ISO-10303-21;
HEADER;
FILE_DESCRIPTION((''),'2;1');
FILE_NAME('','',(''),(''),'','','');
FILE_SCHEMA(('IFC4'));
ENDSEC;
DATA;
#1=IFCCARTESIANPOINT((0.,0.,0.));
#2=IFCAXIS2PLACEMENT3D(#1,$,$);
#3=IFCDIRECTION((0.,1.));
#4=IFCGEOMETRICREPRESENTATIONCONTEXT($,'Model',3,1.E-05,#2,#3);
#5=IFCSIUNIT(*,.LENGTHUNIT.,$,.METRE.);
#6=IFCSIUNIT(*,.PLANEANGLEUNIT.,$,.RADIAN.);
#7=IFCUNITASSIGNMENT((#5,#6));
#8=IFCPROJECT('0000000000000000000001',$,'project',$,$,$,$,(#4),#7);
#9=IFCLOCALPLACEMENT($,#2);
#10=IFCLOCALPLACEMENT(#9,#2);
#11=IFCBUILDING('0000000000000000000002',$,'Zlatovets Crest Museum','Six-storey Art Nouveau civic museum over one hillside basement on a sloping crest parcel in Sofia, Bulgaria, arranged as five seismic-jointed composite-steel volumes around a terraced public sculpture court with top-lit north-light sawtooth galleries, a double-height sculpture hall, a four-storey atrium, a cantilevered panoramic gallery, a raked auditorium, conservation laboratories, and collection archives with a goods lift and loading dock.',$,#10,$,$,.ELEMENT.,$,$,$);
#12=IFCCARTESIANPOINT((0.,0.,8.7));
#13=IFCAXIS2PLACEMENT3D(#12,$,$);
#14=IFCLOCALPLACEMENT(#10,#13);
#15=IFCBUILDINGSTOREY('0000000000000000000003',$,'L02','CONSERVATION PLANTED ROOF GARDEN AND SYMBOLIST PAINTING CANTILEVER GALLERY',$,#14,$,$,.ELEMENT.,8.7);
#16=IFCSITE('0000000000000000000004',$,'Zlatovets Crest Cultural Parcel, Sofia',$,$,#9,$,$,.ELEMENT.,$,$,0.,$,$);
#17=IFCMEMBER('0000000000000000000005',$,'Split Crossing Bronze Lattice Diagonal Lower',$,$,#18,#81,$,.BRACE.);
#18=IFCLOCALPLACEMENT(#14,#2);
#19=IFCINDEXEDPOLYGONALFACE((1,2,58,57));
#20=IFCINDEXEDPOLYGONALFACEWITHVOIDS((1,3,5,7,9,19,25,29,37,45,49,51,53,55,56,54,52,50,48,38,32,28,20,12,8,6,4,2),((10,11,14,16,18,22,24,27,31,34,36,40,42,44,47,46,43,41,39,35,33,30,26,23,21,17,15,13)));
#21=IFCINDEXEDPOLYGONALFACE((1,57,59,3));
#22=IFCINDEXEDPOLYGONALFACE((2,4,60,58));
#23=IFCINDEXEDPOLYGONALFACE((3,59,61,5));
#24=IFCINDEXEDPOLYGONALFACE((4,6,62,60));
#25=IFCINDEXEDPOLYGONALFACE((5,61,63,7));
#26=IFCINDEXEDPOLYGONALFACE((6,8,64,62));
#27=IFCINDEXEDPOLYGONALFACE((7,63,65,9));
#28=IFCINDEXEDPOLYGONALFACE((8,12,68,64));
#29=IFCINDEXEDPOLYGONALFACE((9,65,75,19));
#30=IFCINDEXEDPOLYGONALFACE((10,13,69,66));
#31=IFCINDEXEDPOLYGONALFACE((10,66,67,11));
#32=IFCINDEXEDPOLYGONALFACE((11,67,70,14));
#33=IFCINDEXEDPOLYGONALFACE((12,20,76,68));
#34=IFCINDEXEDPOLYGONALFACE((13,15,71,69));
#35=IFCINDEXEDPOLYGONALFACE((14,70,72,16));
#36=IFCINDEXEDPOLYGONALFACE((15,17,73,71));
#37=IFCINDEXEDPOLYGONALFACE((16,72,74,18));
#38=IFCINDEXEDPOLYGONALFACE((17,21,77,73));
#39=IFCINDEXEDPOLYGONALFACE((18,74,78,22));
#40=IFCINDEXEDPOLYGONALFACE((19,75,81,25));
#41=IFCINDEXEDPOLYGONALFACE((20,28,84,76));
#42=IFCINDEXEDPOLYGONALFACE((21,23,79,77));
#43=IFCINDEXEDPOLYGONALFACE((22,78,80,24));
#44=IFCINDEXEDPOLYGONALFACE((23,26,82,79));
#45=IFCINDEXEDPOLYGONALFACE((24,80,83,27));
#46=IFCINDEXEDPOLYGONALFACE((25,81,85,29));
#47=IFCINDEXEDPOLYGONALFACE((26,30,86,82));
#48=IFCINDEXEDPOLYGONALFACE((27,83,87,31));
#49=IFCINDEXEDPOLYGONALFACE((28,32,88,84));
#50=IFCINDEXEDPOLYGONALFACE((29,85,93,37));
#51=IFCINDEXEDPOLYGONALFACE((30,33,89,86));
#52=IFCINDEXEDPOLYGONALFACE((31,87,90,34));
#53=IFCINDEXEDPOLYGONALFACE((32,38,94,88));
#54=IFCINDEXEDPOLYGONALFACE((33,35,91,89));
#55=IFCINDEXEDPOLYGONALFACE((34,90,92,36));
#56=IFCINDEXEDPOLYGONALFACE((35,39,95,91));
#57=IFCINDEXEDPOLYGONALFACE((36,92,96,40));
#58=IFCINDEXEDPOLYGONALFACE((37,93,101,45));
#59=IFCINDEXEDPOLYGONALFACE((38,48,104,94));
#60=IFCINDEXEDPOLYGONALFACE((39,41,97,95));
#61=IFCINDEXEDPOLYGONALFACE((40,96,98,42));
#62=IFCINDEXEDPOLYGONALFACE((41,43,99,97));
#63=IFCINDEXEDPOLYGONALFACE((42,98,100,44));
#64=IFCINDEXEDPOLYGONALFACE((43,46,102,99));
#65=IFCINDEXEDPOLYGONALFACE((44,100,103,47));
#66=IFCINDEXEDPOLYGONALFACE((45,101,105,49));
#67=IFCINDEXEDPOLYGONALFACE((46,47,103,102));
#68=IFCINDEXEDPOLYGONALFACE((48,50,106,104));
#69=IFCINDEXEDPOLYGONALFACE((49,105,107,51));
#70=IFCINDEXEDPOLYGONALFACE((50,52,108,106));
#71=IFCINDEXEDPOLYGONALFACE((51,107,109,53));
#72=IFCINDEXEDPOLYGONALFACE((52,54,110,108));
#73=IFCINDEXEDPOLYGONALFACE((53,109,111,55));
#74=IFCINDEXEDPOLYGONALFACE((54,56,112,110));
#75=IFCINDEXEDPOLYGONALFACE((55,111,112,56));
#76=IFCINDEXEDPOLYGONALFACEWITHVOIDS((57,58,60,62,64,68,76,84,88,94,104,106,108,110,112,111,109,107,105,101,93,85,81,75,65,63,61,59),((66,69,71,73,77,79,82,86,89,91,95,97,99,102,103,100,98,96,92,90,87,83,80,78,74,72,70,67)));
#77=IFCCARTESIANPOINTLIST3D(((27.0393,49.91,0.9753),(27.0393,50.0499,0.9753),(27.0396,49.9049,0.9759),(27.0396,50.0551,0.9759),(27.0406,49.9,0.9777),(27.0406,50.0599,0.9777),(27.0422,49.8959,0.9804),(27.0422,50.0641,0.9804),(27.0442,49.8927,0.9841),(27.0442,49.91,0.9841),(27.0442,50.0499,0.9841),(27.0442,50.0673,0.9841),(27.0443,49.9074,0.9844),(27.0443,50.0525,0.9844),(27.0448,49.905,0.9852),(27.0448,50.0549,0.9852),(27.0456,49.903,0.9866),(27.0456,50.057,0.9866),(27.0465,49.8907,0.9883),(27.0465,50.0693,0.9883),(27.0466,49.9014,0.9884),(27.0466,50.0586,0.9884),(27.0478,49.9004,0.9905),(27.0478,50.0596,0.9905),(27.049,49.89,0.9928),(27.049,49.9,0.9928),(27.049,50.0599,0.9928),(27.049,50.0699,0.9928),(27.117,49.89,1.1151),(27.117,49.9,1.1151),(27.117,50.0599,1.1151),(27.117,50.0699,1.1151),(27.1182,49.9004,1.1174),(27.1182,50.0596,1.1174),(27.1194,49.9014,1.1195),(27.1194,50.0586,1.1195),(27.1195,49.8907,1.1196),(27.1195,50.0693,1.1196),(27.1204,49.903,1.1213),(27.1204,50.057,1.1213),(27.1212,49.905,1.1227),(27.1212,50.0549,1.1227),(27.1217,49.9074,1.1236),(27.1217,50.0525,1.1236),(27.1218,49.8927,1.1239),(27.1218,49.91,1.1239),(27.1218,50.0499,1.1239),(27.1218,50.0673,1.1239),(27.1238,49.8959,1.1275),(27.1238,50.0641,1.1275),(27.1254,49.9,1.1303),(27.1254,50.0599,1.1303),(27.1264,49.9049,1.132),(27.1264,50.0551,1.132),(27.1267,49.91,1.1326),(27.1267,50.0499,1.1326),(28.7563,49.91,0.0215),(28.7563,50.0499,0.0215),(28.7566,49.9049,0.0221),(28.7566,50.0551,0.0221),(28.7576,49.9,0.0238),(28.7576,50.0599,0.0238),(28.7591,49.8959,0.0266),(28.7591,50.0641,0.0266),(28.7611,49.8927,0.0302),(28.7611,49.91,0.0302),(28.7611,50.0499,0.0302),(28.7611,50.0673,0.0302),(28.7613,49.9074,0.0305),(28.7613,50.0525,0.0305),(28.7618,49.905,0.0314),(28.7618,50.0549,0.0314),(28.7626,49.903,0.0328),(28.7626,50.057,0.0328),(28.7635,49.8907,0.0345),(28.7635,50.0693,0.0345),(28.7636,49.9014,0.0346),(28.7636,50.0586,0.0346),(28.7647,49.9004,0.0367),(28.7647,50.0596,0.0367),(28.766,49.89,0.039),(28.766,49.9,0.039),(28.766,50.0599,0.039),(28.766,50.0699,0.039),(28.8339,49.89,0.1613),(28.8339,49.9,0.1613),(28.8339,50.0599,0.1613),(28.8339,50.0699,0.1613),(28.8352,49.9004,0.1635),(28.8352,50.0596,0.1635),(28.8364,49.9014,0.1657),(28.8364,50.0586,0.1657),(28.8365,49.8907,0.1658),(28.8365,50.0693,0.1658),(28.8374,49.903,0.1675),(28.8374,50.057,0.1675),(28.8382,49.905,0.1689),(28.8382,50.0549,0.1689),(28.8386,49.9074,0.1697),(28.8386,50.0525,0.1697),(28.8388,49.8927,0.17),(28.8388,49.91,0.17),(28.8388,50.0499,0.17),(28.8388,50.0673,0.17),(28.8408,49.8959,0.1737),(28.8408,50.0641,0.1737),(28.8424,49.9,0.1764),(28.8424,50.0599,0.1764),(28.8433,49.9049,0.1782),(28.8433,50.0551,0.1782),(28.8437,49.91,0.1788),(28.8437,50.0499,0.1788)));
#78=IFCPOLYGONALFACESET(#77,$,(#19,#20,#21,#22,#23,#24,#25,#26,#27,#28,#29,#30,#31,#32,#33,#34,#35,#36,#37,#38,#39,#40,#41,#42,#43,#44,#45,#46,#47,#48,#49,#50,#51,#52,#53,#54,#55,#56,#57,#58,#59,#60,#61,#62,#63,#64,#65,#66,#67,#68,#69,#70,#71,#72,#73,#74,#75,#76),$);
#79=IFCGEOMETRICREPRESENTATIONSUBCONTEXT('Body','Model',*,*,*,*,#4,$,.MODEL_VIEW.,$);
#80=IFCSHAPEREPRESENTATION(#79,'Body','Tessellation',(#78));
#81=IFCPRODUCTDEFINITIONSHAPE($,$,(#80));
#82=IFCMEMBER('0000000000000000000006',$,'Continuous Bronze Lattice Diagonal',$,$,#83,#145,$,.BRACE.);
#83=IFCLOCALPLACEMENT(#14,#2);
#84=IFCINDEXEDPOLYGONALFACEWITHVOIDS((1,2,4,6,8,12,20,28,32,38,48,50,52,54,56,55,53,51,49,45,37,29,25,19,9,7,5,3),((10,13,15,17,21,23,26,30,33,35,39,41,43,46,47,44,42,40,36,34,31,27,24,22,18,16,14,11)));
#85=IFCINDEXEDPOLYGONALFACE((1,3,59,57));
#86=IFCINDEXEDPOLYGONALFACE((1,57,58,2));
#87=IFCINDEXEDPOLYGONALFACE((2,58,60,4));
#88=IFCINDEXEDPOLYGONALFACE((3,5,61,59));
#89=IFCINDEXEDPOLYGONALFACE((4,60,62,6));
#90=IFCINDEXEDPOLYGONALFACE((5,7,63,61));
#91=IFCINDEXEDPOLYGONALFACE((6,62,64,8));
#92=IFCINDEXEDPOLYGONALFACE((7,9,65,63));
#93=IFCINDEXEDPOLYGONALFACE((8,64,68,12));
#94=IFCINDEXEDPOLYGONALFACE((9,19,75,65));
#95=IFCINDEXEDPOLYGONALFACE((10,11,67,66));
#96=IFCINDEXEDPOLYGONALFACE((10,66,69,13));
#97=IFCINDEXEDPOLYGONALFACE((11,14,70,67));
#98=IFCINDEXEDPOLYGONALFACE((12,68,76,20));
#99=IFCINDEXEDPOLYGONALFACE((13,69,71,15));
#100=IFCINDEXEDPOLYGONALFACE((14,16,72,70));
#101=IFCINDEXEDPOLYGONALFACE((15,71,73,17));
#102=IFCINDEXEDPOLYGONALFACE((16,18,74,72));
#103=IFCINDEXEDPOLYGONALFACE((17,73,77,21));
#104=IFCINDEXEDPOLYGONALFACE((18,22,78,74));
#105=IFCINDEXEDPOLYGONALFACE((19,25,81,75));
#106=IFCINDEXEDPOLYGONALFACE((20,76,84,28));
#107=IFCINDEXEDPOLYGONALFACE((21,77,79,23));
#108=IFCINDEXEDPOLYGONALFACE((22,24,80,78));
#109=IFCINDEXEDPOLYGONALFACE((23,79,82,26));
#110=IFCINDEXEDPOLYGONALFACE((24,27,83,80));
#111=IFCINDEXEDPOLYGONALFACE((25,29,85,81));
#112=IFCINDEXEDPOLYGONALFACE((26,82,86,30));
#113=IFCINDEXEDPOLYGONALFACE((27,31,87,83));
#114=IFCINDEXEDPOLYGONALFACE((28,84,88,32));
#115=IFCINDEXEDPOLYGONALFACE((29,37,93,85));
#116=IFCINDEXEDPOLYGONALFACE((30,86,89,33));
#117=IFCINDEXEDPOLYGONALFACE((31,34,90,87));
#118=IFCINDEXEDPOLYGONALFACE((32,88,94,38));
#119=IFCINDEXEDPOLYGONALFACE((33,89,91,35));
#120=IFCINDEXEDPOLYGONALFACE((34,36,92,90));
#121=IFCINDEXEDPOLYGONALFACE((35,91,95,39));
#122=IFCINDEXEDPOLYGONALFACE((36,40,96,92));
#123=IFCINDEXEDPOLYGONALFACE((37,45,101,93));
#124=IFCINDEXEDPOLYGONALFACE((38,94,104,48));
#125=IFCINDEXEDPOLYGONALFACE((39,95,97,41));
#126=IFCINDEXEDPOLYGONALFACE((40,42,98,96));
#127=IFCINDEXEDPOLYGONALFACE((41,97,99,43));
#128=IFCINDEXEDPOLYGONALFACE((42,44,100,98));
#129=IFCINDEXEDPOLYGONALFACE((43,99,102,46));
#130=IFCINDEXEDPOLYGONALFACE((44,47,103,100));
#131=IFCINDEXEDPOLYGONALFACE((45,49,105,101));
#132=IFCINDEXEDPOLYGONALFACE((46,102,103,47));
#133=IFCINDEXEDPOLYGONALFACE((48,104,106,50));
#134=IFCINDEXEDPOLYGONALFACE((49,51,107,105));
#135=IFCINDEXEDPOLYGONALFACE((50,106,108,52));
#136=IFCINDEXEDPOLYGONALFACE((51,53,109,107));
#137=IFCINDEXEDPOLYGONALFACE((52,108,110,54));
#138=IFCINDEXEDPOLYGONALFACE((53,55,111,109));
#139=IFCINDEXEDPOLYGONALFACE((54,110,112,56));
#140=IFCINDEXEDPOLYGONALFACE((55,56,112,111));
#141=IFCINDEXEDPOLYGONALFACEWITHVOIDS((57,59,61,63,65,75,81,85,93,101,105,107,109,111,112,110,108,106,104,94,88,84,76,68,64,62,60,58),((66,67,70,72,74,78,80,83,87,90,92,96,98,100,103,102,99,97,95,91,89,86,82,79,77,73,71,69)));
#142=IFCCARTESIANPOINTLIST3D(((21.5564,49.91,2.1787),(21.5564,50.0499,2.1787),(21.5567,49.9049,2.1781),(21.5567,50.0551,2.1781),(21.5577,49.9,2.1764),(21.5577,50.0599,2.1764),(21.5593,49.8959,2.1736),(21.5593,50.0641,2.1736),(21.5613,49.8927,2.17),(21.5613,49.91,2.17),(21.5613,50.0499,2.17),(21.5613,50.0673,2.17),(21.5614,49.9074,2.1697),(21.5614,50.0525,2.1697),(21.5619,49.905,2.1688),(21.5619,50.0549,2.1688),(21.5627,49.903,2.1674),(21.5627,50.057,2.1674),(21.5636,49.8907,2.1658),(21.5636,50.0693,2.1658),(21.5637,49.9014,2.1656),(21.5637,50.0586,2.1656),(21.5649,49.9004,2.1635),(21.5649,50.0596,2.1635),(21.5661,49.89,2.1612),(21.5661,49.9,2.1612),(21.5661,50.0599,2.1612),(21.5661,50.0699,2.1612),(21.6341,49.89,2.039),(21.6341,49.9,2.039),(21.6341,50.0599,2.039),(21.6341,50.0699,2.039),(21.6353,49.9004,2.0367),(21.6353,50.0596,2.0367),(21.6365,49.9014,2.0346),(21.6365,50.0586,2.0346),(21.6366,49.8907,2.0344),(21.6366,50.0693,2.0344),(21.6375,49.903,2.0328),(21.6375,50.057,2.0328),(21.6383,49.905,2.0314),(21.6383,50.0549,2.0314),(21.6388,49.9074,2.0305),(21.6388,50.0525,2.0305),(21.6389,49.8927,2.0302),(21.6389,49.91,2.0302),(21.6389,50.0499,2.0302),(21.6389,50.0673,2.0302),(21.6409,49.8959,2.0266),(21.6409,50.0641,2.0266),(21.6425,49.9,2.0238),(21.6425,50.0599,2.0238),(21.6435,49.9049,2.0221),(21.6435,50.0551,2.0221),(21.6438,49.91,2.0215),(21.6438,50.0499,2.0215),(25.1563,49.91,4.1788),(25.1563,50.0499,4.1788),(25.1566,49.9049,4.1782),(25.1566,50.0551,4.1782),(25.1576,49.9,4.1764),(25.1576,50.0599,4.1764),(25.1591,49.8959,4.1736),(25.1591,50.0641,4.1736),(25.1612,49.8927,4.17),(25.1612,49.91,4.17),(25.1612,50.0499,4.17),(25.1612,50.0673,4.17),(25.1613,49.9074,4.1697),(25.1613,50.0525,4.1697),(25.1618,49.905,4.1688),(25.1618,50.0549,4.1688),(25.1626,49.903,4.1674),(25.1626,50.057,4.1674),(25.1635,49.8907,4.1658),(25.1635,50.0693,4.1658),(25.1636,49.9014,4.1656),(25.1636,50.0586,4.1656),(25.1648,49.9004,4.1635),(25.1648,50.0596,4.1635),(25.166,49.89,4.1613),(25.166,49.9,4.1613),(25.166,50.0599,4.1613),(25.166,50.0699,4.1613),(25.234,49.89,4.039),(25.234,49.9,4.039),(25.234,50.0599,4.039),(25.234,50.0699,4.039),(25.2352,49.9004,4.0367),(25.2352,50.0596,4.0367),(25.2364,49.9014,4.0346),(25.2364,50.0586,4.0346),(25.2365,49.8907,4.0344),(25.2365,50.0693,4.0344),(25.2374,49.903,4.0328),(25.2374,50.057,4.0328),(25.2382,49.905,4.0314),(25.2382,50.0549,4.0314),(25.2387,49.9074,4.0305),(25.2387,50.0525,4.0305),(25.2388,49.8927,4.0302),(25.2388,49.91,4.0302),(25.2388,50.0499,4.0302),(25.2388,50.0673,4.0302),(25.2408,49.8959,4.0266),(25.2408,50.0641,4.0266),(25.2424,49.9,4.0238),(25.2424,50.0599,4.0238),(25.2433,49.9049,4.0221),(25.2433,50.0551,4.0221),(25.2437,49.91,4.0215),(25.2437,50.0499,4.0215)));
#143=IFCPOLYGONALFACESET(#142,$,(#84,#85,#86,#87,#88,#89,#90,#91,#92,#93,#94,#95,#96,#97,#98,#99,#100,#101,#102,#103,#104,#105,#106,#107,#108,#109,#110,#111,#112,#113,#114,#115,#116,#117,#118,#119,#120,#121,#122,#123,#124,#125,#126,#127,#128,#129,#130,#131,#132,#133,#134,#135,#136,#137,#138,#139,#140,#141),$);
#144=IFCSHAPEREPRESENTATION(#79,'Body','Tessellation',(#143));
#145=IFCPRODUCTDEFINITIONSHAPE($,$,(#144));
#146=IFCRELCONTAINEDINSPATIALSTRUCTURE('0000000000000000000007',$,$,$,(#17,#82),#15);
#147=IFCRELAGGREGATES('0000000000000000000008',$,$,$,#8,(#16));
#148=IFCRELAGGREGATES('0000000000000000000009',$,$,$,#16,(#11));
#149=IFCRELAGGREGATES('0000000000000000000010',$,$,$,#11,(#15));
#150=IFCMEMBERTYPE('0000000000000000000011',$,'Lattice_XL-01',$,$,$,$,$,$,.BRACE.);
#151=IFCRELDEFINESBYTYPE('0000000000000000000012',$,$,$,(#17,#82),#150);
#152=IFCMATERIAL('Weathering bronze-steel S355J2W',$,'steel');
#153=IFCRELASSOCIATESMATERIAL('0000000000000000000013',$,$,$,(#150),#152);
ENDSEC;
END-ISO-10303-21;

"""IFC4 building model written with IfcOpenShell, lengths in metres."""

from ifc_helpers import new_model, si_unit, direction, frame, origin, origin_2d, place, context, subcontext, project, spatial, hollow_rectangle, extrude, material, material_profile, profile_set, type_object, element, save


model = new_model("IFC4")

# Units and contexts
model_context = context("Model", 3, precision=1e-05, world=origin(), true_north=direction((0.0, 1.0)))
body_context = subcontext(model_context, "Body", "Model", "MODEL_VIEW")
ifc_project = project(units=[si_unit("LENGTHUNIT", "METRE"), si_unit("PLANEANGLEUNIT", "RADIAN")], contexts=[model_context])

# Site, building, storey
site_placement = place(None, origin())
site = spatial("IfcSite", under=ifc_project, at=site_placement, Name="Zlatovets Crest Cultural Parcel, Sofia", CompositionType="ELEMENT", RefElevation=0.0)
building_placement = place(site_placement, origin())
building = spatial("IfcBuilding", under=site, at=building_placement, Name="Zlatovets Crest Museum", Description="Six-storey Art Nouveau civic museum over one hillside basement on a sloping crest parcel in Sofia, Bulgaria, arranged as five seismic-jointed composite-steel volumes around a terraced public sculpture court with top-lit north-light sawtooth galleries, a double-height sculpture hall, a four-storey atrium, a cantilevered panoramic gallery, a raked auditorium, conservation laboratories, and collection archives with a goods lift and loading dock.", CompositionType="ELEMENT")
storey_placement = place(building_placement, frame((0.0, 0.0, 8.7)))
storey = spatial("IfcBuildingStorey", under=building, at=storey_placement, Name="L02", Description="CONSERVATION PLANTED ROOF GARDEN AND SYMBOLIST PAINTING CANTILEVER GALLERY", CompositionType="ELEMENT", Elevation=8.7)

# Members
ifc_material_1 = material(Name="Weathering bronze-steel S355J2W", Category="steel")
ifc_material_profile_1 = material_profile(ifc_material_1, hollow_rectangle(XDim=0.1799, YDim=0.1799, WallThickness=0.01, InnerFilletRadius=0.01, OuterFilletRadius=0.02, at=origin_2d()), Name="SHS 180x180x10.0")
ifc_profile_set_1 = profile_set([ifc_material_profile_1], Name="Weathering bronze-steel S355J2W")
member_type_1 = type_object("IfcMemberType", Name="Lattice_XL-01", PredefinedType="BRACE", material=ifc_profile_set_1)
for number, where, z_axis, x_axis, name in (
    (1, (27.083, 49.98, 1.054), (0.874169, 0.0, -0.485622), (0.0, 1.0, 0.0), "Split Crossing Bronze Lattice Diagonal Lower"),
):
    element("IfcMember", number, at=place(storey_placement, frame(where, z_axis=z_axis, x_axis=x_axis)), inside=storey, type_object=member_type_1, Name=name, PredefinedType="BRACE", context=body_context, shape_type="SweptSolid", body=[
        extrude(hollow_rectangle(XDim=0.1799, YDim=0.1799, WallThickness=0.01, InnerFilletRadius=0.01, OuterFilletRadius=0.02, at=origin_2d()), origin(), (0.0, 0.0, 1.0), 1.9641),
    ])
member_1_placement = place(storey_placement, frame((21.6001, 49.98, 2.1001), z_axis=(0.874149, 0.0, 0.485658), x_axis=(0.0, 1.0, 0.0)))
element("IfcMember", 2, at=member_1_placement, inside=storey, type_object=member_type_1, Name="Continuous Bronze Lattice Diagonal", PredefinedType="BRACE", context=body_context, shape_type="SweptSolid", body=[
    extrude(hollow_rectangle(XDim=0.1799, YDim=0.1799, WallThickness=0.01, InnerFilletRadius=0.01, OuterFilletRadius=0.02, at=origin_2d()), origin(), (0.0, 0.0, 1.0), 4.1182),
])

save(model, "model.ifc")
